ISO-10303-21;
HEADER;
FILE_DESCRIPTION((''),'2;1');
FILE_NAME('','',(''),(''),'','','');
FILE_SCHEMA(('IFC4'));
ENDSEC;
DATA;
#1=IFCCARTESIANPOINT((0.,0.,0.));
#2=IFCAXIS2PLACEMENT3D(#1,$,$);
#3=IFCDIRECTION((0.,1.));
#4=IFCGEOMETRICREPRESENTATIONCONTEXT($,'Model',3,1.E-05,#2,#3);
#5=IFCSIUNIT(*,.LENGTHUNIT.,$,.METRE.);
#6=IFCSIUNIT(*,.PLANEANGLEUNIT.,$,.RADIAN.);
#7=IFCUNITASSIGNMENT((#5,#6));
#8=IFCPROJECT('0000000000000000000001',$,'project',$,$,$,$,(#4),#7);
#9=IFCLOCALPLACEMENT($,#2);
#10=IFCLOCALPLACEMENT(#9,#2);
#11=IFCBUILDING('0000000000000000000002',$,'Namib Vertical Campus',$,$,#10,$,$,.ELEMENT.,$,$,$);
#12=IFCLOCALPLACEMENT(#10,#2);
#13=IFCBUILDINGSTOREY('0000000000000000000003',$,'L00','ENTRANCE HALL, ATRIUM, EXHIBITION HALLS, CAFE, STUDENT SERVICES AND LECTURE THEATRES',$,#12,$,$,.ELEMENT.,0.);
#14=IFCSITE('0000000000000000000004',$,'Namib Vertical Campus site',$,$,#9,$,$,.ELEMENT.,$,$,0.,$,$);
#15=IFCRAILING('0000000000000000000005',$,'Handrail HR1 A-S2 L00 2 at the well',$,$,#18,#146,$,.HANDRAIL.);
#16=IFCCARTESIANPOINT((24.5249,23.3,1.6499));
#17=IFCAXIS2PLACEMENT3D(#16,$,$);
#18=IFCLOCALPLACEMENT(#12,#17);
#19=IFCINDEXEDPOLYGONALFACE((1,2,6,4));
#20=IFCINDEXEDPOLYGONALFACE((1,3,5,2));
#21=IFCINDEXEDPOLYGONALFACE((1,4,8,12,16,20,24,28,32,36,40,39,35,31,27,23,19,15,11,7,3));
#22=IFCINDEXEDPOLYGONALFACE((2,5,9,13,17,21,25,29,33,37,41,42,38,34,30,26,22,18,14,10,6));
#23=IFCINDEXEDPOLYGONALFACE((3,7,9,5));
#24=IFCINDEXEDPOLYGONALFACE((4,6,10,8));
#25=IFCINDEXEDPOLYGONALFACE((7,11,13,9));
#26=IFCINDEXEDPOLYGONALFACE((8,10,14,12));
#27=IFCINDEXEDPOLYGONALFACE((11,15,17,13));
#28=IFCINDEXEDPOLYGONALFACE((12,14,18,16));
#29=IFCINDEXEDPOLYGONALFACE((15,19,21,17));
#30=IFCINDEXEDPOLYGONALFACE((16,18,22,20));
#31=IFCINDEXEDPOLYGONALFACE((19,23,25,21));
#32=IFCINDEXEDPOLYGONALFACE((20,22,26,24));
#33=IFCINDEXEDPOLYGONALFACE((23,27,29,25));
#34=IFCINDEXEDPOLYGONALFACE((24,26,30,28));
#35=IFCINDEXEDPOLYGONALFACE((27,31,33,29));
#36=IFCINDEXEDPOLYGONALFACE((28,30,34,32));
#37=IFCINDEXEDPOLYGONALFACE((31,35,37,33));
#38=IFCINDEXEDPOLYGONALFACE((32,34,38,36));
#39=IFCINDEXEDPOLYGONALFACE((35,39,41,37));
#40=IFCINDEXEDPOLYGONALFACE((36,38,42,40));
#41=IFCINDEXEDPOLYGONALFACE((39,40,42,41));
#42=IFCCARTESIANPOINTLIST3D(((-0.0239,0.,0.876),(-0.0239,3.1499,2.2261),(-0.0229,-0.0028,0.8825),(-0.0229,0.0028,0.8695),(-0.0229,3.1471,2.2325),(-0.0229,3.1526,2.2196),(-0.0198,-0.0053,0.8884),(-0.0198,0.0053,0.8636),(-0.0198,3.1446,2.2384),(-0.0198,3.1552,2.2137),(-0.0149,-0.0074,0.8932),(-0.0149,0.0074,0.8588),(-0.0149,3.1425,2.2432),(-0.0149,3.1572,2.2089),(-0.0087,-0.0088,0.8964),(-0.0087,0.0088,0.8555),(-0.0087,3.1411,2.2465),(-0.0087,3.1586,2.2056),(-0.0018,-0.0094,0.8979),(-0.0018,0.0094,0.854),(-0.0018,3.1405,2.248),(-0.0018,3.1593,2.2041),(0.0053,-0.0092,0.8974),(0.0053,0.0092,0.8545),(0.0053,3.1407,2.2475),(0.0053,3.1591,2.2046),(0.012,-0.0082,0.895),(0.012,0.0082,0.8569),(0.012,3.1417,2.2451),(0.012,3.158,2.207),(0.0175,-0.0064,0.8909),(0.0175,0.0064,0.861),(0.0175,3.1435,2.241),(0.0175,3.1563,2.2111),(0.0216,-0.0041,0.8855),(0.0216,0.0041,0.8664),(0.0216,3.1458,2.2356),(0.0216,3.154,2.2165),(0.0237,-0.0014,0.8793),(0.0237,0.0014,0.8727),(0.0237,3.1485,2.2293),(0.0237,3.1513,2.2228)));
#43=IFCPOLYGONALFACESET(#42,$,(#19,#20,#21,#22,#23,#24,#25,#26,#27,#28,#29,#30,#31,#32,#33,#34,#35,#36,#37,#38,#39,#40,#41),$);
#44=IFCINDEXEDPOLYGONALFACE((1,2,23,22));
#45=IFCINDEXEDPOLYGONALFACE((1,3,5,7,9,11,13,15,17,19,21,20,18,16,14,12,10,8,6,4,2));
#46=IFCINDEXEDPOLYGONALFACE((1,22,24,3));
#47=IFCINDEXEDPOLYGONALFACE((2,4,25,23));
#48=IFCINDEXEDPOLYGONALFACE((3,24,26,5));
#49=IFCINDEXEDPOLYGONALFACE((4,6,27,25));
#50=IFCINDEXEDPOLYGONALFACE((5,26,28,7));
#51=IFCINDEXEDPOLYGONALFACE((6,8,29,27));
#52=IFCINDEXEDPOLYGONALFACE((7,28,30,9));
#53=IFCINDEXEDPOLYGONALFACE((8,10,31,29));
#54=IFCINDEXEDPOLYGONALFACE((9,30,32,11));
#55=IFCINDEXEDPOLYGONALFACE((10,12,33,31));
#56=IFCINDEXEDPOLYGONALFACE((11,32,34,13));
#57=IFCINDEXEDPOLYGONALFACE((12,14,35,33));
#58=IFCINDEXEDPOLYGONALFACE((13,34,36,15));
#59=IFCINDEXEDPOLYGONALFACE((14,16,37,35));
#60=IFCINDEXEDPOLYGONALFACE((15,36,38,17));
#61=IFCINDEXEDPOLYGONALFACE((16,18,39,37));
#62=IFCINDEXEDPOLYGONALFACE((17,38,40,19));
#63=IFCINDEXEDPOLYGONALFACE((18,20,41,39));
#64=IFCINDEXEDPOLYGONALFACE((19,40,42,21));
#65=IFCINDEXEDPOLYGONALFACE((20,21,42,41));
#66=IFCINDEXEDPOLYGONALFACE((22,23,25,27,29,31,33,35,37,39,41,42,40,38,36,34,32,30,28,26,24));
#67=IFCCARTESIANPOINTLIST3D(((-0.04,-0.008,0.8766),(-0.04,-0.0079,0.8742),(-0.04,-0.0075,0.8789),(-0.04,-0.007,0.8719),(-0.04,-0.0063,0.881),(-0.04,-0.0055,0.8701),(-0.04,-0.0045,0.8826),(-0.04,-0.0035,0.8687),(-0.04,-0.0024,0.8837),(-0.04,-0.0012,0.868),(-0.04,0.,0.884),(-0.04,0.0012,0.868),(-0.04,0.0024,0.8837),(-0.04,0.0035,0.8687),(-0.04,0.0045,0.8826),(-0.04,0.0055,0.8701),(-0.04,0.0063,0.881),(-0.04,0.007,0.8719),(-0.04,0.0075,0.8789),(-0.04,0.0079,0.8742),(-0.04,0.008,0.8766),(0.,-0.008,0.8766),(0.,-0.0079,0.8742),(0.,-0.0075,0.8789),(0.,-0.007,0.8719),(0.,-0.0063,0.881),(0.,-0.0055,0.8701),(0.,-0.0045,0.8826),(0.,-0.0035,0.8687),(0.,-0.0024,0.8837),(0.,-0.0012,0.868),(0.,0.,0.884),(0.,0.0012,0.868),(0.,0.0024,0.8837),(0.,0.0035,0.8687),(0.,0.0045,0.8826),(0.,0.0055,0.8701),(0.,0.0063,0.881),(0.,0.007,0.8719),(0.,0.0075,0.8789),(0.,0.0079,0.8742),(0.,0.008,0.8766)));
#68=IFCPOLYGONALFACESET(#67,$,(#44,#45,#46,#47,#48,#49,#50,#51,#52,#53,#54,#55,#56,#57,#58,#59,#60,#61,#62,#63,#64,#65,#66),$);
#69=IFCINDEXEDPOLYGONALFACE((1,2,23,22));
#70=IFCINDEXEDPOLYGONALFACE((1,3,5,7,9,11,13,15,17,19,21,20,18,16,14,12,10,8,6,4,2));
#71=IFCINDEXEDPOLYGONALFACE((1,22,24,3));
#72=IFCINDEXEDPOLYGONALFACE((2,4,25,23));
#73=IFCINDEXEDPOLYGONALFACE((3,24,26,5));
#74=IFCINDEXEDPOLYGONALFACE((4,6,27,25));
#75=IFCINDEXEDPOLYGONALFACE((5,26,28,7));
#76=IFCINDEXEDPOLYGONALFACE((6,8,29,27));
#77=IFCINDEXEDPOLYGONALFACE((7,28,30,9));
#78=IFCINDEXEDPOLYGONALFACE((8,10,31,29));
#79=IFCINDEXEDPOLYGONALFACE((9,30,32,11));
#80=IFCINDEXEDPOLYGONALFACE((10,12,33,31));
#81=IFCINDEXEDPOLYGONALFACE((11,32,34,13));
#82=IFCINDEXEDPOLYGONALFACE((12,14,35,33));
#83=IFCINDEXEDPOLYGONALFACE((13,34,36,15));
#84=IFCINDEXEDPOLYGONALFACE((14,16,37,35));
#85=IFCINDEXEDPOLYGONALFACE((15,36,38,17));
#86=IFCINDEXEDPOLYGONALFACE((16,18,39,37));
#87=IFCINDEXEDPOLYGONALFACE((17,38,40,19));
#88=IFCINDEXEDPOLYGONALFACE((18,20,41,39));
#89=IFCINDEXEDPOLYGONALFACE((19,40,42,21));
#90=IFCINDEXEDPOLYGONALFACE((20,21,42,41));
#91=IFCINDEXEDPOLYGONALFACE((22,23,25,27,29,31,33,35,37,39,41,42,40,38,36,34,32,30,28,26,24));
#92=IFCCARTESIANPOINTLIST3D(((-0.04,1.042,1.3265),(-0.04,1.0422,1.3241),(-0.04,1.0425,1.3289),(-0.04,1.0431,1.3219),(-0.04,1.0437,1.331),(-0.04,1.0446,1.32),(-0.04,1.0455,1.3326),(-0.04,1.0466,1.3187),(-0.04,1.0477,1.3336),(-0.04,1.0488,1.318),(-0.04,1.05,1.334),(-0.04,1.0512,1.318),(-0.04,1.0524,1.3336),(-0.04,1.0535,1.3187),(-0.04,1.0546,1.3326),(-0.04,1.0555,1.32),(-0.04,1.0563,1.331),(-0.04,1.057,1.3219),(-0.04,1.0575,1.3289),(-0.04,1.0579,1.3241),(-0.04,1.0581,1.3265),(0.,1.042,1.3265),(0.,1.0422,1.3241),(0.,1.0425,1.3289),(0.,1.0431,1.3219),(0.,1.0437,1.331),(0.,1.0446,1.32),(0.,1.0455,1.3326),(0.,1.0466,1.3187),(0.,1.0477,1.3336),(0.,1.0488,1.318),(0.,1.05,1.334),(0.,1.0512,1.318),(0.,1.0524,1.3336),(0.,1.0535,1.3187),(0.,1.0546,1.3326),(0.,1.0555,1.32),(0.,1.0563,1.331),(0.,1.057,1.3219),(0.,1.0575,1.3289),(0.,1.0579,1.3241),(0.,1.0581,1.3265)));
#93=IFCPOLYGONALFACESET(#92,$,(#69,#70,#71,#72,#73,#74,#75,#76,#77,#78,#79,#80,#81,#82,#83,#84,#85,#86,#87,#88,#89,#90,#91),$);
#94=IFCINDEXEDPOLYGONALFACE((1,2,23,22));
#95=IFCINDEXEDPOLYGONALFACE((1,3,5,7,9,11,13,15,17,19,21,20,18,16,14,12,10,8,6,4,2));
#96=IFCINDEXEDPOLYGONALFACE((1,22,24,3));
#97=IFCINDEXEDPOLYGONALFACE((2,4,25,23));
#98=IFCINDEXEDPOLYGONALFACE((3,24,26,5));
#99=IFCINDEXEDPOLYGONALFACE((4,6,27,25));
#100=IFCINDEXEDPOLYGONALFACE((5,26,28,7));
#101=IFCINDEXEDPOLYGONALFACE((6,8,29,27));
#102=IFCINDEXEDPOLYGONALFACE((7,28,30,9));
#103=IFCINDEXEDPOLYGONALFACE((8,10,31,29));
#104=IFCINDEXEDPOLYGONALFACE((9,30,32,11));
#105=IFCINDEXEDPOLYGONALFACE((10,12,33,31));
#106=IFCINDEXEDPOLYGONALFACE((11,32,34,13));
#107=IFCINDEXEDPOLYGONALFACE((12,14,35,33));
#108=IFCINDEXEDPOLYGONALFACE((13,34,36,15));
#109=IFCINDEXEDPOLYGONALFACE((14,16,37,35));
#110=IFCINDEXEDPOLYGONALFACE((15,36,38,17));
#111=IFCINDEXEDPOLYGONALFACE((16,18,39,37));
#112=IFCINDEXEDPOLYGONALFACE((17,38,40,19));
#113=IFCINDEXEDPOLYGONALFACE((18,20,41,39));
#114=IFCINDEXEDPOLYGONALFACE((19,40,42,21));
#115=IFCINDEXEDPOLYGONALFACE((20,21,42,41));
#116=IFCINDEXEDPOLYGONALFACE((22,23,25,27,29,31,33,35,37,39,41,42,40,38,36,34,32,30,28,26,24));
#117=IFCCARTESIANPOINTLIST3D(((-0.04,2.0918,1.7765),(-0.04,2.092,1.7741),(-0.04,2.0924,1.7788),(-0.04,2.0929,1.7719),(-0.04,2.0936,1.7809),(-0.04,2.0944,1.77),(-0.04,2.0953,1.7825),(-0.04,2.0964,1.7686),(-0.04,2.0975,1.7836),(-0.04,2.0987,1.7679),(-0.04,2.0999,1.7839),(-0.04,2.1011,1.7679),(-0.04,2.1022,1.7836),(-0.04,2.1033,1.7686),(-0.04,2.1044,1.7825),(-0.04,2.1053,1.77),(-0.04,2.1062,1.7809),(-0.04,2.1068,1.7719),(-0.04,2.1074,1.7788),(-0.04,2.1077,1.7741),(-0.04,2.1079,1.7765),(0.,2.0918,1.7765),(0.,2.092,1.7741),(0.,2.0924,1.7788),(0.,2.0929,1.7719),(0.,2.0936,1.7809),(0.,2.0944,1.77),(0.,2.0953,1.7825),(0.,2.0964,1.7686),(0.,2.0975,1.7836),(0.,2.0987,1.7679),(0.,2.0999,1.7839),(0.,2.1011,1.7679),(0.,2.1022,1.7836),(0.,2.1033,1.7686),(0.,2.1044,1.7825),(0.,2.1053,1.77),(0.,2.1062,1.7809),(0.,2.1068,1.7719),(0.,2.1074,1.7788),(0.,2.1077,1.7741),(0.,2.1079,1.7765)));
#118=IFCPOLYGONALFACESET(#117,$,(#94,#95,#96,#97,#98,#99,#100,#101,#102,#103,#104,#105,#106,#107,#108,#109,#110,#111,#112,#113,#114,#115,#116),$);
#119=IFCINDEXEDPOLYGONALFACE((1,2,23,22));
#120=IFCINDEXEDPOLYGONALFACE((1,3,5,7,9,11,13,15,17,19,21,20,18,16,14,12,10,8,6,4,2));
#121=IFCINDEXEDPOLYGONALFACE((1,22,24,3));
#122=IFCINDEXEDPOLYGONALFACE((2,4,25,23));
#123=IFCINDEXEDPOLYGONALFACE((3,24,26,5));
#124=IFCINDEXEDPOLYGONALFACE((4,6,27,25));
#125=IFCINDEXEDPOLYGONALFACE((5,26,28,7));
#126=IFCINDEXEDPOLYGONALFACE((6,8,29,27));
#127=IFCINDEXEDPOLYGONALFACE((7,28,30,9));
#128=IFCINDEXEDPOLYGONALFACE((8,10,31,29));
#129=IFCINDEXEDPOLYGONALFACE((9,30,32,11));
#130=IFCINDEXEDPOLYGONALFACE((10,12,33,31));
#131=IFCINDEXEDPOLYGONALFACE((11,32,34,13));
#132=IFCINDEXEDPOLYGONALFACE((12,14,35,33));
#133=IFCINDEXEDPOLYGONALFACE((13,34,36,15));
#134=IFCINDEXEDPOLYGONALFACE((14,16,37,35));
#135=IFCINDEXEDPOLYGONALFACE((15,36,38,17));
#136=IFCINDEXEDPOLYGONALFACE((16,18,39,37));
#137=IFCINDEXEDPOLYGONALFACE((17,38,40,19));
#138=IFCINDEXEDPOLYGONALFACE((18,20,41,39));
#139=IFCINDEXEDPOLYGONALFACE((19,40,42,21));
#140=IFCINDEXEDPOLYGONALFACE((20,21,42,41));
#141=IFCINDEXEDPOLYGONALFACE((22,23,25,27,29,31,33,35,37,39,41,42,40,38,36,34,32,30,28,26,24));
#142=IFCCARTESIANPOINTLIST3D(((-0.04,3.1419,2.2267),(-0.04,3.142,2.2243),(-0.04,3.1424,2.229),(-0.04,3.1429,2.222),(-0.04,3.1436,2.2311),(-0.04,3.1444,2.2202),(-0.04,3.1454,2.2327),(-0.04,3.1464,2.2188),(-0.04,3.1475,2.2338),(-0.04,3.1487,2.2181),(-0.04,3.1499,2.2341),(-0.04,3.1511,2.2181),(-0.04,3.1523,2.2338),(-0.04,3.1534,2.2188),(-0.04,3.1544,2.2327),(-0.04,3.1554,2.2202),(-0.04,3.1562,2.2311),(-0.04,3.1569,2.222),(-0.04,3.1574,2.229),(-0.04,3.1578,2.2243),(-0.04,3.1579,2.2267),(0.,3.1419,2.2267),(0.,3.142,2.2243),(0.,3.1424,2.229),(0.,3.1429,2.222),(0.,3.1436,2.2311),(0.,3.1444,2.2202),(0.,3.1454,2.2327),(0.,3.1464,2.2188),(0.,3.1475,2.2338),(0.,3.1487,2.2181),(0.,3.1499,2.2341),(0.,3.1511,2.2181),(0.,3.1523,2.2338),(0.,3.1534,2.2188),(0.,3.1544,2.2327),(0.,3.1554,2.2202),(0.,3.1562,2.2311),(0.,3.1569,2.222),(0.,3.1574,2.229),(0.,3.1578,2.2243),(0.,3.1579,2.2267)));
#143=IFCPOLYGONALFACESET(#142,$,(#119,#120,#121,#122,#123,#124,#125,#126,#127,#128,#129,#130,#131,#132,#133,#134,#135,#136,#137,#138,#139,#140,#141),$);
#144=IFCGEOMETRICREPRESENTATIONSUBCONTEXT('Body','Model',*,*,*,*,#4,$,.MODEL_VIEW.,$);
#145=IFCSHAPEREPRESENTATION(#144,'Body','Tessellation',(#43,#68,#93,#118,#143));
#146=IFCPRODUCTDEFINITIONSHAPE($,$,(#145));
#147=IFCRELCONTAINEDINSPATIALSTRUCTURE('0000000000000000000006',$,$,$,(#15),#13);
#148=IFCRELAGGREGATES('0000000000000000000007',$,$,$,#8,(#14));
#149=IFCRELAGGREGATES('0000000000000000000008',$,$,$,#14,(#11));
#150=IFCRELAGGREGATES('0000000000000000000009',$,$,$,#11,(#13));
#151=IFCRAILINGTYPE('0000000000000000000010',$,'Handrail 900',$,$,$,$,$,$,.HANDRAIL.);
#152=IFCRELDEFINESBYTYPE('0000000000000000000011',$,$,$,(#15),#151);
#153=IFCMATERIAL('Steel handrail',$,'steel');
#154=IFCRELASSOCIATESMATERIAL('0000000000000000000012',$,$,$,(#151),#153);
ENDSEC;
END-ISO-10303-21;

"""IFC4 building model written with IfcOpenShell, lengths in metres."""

from ifc_helpers import new_model, si_unit, direction, frame, origin, origin_2d, place, context, subcontext, project, spatial, circle, extrude, material, type_object, element, save


model = new_model("IFC4")

# Units and contexts
model_context = context("Model", 3, precision=1e-05, world=origin(), true_north=direction((0.0, 1.0)))
body_context = subcontext(model_context, "Body", "Model", "MODEL_VIEW")
ifc_project = project(units=[si_unit("LENGTHUNIT", "METRE"), si_unit("PLANEANGLEUNIT", "RADIAN")], contexts=[model_context])

# Site, building, storey
site_placement = place(None, origin())
site = spatial("IfcSite", under=ifc_project, at=site_placement, Name="Namib Vertical Campus site", CompositionType="ELEMENT", RefElevation=0.0)
building_placement = place(site_placement, origin())
building = spatial("IfcBuilding", under=site, at=building_placement, Name="Namib Vertical Campus", CompositionType="ELEMENT")
storey_placement = place(building_placement, origin())
storey = spatial("IfcBuildingStorey", under=building, at=storey_placement, Name="L00", Description="ENTRANCE HALL, ATRIUM, EXHIBITION HALLS, CAFE, STUDENT SERVICES AND LECTURE THEATRES", CompositionType="ELEMENT", Elevation=0.0)

# Railing
ifc_material_1 = material(Name="Steel handrail", Category="steel")
railing_type_1 = type_object("IfcRailingType", Name="Handrail 900", PredefinedType="HANDRAIL", material=ifc_material_1)
railing_1_placement = place(storey_placement, frame((24.5249, 23.3, 1.6499)))
element("IfcRailing", 1, at=railing_1_placement, inside=storey, type_object=railing_type_1, Name="Handrail HR1 A-S2 L00 2 at the well", PredefinedType="HANDRAIL", context=body_context, shape_type="SweptSolid", body=[
    extrude(circle(Radius=0.0239, at=origin_2d()), frame((0.0, 0.0, 0.876), z_axis=(0.0, 0.91913, 0.393954), x_axis=(-1.0, 0.0, 0.0)), (0.0, 0.0, 1.0), 3.427),
    extrude(circle(Radius=0.0081, at=origin_2d()), frame((0.0, 0.0, 0.876), z_axis=(-1.0, 0.0, 0.0), x_axis=(0.0, 0.0, 1.0)), (0.0, 0.0, 1.0), 0.04),
    extrude(circle(Radius=0.0081, at=origin_2d()), frame((0.0, 1.05, 1.3259), z_axis=(-1.0, 0.0, 0.0), x_axis=(0.0, 0.0, 1.0)), (0.0, 0.0, 1.0), 0.04),
    extrude(circle(Radius=0.0081, at=origin_2d()), frame((0.0, 2.0999, 1.7759), z_axis=(-1.0, 0.0, 0.0), x_axis=(0.0, 0.0, 1.0)), (0.0, 0.0, 1.0), 0.04),
    extrude(circle(Radius=0.0081, at=origin_2d()), frame((0.0, 3.1499, 2.2261), z_axis=(-1.0, 0.0, 0.0), x_axis=(0.0, 0.0, 1.0)), (0.0, 0.0, 1.0), 0.04),
])

save(model, "model.ifc")
